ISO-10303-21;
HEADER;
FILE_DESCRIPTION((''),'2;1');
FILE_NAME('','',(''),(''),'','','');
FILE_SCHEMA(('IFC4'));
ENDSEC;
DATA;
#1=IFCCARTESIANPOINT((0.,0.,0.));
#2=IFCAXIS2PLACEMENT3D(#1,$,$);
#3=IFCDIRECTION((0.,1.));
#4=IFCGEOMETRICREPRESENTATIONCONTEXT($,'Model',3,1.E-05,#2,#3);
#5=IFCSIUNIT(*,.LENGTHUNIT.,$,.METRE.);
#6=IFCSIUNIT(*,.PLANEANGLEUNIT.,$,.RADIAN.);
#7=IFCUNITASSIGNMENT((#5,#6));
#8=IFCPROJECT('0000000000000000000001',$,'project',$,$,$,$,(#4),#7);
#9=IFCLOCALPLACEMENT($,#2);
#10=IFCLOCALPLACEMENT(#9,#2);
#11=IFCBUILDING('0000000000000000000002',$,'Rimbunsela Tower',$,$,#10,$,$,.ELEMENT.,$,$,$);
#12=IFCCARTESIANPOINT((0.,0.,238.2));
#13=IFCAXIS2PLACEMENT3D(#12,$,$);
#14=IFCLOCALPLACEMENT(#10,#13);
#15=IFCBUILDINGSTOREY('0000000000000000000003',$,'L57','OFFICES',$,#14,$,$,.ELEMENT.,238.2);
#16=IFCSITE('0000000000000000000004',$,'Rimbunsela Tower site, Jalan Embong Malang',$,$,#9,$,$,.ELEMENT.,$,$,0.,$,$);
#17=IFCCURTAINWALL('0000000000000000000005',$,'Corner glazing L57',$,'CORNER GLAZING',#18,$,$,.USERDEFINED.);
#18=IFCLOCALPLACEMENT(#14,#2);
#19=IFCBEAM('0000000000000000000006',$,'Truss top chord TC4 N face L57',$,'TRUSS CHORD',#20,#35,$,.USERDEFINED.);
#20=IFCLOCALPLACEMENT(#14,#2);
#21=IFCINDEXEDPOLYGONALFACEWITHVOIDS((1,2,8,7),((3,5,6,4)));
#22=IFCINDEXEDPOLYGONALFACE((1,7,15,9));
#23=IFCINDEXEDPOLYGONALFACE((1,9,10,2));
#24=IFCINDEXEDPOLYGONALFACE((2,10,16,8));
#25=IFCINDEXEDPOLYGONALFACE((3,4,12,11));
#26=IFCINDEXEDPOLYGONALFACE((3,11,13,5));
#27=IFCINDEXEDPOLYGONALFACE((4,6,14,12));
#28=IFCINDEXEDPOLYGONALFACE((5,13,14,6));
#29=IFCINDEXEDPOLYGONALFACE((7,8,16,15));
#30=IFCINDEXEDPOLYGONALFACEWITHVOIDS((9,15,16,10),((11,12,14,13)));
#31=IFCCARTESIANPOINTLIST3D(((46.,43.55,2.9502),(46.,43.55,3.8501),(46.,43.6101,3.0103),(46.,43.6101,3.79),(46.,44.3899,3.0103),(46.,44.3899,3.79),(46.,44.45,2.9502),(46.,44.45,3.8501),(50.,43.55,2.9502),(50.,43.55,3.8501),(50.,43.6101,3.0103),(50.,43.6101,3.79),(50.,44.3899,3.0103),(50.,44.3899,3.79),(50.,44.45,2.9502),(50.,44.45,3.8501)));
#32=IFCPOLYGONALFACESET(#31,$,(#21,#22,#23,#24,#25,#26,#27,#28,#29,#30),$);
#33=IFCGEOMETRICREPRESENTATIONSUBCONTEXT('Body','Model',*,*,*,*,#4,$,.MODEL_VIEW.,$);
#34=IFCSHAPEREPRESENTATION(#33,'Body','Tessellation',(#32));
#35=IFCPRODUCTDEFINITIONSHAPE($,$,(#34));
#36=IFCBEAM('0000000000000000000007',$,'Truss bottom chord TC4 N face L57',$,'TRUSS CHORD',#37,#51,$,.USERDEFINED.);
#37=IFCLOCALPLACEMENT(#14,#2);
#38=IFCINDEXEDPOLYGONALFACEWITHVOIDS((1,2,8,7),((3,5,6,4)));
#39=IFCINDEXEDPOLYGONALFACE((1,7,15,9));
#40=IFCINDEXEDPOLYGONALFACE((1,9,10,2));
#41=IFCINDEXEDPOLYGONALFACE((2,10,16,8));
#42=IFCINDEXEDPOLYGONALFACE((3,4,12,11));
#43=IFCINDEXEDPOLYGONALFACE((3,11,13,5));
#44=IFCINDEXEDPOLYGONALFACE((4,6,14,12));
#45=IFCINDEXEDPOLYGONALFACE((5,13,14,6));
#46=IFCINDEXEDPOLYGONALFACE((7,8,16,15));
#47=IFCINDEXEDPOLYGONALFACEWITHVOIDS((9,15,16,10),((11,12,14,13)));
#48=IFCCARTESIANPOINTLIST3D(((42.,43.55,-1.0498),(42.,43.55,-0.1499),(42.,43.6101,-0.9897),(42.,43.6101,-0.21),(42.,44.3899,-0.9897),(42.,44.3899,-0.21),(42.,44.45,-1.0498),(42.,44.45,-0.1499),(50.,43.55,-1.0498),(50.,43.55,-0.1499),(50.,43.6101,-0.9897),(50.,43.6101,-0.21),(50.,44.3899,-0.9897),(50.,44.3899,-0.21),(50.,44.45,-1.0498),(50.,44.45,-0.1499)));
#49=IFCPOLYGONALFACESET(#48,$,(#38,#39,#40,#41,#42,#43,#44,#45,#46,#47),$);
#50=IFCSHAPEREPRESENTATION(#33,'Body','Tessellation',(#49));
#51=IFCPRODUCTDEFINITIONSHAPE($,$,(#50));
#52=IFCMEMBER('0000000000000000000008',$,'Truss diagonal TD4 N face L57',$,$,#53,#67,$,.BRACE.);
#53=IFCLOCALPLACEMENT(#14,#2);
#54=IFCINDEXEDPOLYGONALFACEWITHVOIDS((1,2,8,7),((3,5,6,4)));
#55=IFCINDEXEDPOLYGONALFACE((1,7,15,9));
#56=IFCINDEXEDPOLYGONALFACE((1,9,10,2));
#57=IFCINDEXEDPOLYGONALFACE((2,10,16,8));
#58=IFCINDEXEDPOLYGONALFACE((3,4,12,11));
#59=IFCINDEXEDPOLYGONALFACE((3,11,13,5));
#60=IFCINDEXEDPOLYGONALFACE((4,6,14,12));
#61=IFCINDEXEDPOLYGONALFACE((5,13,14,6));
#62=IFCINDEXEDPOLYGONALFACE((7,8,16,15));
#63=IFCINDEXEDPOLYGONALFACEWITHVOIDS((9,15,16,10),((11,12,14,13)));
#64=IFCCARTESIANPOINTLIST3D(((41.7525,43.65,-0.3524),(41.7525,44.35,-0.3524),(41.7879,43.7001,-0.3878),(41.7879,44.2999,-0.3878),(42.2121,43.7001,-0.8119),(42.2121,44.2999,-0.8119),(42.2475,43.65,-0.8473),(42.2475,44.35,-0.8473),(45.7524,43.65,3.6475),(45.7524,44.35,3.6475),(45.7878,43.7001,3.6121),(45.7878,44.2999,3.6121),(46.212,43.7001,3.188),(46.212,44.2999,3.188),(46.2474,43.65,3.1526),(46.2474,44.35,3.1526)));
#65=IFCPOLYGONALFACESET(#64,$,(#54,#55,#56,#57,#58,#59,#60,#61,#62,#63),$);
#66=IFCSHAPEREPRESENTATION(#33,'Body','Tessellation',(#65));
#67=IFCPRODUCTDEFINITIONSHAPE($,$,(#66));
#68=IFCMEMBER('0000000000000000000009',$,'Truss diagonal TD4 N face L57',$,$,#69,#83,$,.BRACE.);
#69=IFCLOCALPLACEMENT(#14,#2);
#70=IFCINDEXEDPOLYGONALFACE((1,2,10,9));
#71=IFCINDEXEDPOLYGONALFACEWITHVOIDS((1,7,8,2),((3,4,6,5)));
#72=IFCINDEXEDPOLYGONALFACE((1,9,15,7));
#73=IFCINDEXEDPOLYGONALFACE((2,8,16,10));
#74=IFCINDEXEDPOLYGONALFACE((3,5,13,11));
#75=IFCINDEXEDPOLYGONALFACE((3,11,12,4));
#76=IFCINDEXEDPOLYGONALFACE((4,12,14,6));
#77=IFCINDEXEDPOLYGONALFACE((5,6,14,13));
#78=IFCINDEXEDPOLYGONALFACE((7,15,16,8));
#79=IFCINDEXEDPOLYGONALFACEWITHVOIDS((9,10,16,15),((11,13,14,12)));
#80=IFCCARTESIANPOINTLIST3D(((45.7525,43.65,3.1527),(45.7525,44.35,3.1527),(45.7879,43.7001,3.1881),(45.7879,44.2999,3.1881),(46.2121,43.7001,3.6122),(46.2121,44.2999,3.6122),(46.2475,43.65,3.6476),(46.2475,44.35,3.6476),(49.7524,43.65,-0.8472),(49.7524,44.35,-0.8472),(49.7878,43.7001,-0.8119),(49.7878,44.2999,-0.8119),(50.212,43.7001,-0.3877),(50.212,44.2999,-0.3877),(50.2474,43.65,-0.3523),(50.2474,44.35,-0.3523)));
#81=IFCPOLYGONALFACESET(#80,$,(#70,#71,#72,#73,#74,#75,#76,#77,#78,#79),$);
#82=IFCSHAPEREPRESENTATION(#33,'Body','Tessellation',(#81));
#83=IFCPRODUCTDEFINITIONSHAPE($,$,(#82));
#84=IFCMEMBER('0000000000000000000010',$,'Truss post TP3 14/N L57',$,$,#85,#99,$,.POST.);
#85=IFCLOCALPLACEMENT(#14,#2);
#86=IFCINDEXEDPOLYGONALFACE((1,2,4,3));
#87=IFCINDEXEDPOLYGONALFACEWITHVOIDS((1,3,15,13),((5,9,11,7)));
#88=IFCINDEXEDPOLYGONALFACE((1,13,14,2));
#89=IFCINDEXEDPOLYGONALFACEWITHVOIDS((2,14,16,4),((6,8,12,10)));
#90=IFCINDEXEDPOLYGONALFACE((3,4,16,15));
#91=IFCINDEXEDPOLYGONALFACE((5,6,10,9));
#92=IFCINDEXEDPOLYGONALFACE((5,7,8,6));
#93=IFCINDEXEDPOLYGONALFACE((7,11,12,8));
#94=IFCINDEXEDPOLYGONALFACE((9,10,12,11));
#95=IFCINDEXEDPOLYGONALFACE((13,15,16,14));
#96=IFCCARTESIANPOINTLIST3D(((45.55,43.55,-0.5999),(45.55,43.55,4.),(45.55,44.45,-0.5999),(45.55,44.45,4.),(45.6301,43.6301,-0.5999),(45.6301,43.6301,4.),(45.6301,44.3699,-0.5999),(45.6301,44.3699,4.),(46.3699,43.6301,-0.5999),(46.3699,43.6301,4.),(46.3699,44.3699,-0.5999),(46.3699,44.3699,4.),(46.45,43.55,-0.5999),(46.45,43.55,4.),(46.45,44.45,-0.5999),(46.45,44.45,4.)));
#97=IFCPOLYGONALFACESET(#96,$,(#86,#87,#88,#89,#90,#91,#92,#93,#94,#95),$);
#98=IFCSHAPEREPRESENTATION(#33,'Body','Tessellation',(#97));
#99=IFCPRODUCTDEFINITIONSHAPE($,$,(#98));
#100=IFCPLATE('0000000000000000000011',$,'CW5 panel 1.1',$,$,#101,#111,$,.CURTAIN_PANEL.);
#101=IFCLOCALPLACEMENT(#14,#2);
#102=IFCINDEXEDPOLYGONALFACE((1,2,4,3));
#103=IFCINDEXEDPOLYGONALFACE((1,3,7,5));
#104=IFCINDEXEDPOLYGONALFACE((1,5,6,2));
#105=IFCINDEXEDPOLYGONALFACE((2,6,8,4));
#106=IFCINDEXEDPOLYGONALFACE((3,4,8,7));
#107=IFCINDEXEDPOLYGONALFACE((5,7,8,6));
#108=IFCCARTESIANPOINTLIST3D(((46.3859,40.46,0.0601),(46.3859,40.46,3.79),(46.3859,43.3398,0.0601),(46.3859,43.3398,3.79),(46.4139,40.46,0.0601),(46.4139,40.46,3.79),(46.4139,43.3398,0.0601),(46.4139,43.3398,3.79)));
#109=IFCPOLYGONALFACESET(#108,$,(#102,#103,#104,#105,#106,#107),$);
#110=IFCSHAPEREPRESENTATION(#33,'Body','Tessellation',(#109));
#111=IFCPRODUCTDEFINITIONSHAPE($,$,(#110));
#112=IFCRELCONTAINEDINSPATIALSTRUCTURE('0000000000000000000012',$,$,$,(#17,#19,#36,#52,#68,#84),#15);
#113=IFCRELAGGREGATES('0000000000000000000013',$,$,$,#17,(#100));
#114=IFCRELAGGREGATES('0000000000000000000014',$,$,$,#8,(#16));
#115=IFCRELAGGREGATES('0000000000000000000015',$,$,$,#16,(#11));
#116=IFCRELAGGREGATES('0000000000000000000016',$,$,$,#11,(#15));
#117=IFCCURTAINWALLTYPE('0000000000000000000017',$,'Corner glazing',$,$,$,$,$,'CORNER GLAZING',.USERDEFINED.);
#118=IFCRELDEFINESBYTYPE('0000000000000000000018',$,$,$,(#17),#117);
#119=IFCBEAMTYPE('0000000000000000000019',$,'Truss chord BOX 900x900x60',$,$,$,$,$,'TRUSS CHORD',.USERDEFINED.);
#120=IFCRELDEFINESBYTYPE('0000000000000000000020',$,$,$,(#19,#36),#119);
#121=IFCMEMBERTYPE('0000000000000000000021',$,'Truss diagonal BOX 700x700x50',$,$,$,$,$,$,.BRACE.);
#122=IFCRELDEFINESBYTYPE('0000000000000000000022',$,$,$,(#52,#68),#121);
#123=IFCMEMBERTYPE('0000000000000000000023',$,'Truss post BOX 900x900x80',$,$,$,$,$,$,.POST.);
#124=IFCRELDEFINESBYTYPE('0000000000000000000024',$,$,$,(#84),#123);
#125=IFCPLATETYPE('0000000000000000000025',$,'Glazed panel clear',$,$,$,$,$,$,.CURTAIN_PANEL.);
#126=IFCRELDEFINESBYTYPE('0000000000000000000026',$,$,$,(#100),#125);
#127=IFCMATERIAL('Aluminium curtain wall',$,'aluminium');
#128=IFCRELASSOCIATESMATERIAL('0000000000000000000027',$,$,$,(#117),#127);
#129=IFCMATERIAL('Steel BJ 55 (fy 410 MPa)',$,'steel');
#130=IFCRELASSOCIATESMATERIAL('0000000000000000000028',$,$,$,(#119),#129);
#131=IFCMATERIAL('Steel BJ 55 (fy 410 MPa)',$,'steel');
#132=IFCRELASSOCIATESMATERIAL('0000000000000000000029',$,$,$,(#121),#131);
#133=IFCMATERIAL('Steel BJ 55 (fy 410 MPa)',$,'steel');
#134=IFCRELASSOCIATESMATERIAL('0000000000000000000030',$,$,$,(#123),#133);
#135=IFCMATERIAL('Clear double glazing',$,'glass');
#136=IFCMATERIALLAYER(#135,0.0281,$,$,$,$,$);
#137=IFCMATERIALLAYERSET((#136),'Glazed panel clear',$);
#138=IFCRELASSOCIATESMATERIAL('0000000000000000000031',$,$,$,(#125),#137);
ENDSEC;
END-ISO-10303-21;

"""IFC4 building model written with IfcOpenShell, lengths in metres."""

from ifc_helpers import new_model, si_unit, direction, frame, origin, origin_2d, place, context, subcontext, project, spatial, rectangle, hollow_rectangle, extrude, material, layer, layer_set, material_profile, profile_set, type_object, element, aggregate, save


model = new_model("IFC4")

# Units and contexts
model_context = context("Model", 3, precision=1e-05, world=origin(), true_north=direction((0.0, 1.0)))
body_context = subcontext(model_context, "Body", "Model", "MODEL_VIEW")
ifc_project = project(units=[si_unit("LENGTHUNIT", "METRE"), si_unit("PLANEANGLEUNIT", "RADIAN")], contexts=[model_context])

# Site, building, storey
site_placement = place(None, origin())
site = spatial("IfcSite", under=ifc_project, at=site_placement, Name="Rimbunsela Tower site, Jalan Embong Malang", CompositionType="ELEMENT", RefElevation=0.0)
building_placement = place(site_placement, origin())
building = spatial("IfcBuilding", under=site, at=building_placement, Name="Rimbunsela Tower", CompositionType="ELEMENT")
storey_placement = place(building_placement, frame((0.0, 0.0, 238.2)))
storey = spatial("IfcBuildingStorey", under=building, at=storey_placement, Name="L57", Description="OFFICES", CompositionType="ELEMENT", Elevation=238.2)

# Curtain wall
ifc_material_1 = material(Name="Aluminium curtain wall", Category="aluminium")
curtain_wall_type = type_object("IfcCurtainWallType", Name="Corner glazing", ElementType="CORNER GLAZING", PredefinedType="USERDEFINED", material=ifc_material_1)
curtain_wall_placement = place(storey_placement, origin())
curtain_wall = element("IfcCurtainWall", 1, at=curtain_wall_placement, inside=storey, type_object=curtain_wall_type, Name="Corner glazing L57", ObjectType="CORNER GLAZING", PredefinedType="USERDEFINED")

# Beams
ifc_material_2 = material(Name="Steel BJ 55 (fy 410 MPa)", Category="steel")
ifc_material_profile_1 = material_profile(ifc_material_2, hollow_rectangle(XDim=0.8999, YDim=0.8999, WallThickness=0.0601, at=origin_2d()), Name="BOX 900x900x60")
ifc_profile_set_1 = profile_set([ifc_material_profile_1], Name="Steel BJ 55 (fy 410 MPa)")
beam_type_1 = type_object("IfcBeamType", Name="Truss chord BOX 900x900x60", ElementType="TRUSS CHORD", PredefinedType="USERDEFINED", material=ifc_profile_set_1)
beam_1_placement = place(storey_placement, frame((46.0, 44.0, 3.4001), z_axis=(1.0, 0.0, 0.0), x_axis=(0.0, 1.0, 0.0)))
element("IfcBeam", 2, at=beam_1_placement, inside=storey, type_object=beam_type_1, Name="Truss top chord TC4 N face L57", ObjectType="TRUSS CHORD", PredefinedType="USERDEFINED", context=body_context, shape_type="SweptSolid", body=[
    extrude(hollow_rectangle(XDim=0.8999, YDim=0.8999, WallThickness=0.0601, at=origin_2d()), origin(), (0.0, 0.0, 1.0), 4.0),
])
beam_2_placement = place(storey_placement, frame((42.0, 44.0, -0.5999), z_axis=(1.0, 0.0, 0.0), x_axis=(0.0, 1.0, 0.0)))
element("IfcBeam", 3, at=beam_2_placement, inside=storey, type_object=beam_type_1, Name="Truss bottom chord TC4 N face L57", ObjectType="TRUSS CHORD", PredefinedType="USERDEFINED", context=body_context, shape_type="SweptSolid", body=[
    extrude(hollow_rectangle(XDim=0.8999, YDim=0.8999, WallThickness=0.0601, at=origin_2d()), origin(), (0.0, 0.0, 1.0), 8.0),
])

# Members
ifc_material_3 = material(Name="Steel BJ 55 (fy 410 MPa)", Category="steel")
ifc_material_profile_2 = material_profile(ifc_material_3, hollow_rectangle(XDim=0.7, YDim=0.7, WallThickness=0.05, at=origin_2d()), Name="BOX 700x700x50")
ifc_profile_set_2 = profile_set([ifc_material_profile_2], Name="Steel BJ 55 (fy 410 MPa)")
member_type_1 = type_object("IfcMemberType", Name="Truss diagonal BOX 700x700x50", PredefinedType="BRACE", material=ifc_profile_set_2)
for number, where, z_axis, x_axis, name in (
    (4, (42.0, 44.0, -0.5999), (0.707107, 0.0, 0.707107), (0.0, 1.0, 0.0), "Truss diagonal TD4 N face L57"),
    (5, (46.0, 44.0, 3.4001), (0.707107, 0.0, -0.707107), (0.0, 1.0, 0.0), "Truss diagonal TD4 N face L57"),
):
    element("IfcMember", number, at=place(storey_placement, frame(where, z_axis=z_axis, x_axis=x_axis)), inside=storey, type_object=member_type_1, Name=name, PredefinedType="BRACE", context=body_context, shape_type="SweptSolid", body=[
        extrude(hollow_rectangle(XDim=0.7, YDim=0.7, WallThickness=0.05, at=origin_2d()), origin(), (0.0, 0.0, 1.0), 5.6567),
    ])
ifc_material_4 = material(Name="Steel BJ 55 (fy 410 MPa)", Category="steel")
ifc_material_profile_3 = material_profile(ifc_material_4, hollow_rectangle(XDim=0.8999, YDim=0.8999, WallThickness=0.0801, at=origin_2d()), Name="BOX 900x900x80")
ifc_profile_set_3 = profile_set([ifc_material_profile_3], Name="Steel BJ 55 (fy 410 MPa)")
member_type_2 = type_object("IfcMemberType", Name="Truss post BOX 900x900x80", PredefinedType="POST", material=ifc_profile_set_3)
member_1_placement = place(storey_placement, frame((46.0, 44.0, -0.5999), z_axis=(0.0, 0.0, 1.0), x_axis=(1.0, 0.0, 0.0)))
element("IfcMember", 6, at=member_1_placement, inside=storey, type_object=member_type_2, Name="Truss post TP3 14/N L57", PredefinedType="POST", context=body_context, shape_type="SweptSolid", body=[
    extrude(hollow_rectangle(XDim=0.8999, YDim=0.8999, WallThickness=0.0801, at=origin_2d()), origin(), (0.0, 0.0, 1.0), 4.5999),
])

# Plate
ifc_material_5 = material(Name="Clear double glazing", Category="glass")
ifc_layer_1 = layer(ifc_material_5, 0.0281)
ifc_layer_set_1 = layer_set([ifc_layer_1], Name="Glazed panel clear")
plate_type = type_object("IfcPlateType", Name="Glazed panel clear", PredefinedType="CURTAIN_PANEL", material=ifc_layer_set_1)
plate_placement = place(storey_placement, frame((46.3999, 41.8999, 0.0601), z_axis=(0.0, 0.0, 1.0), x_axis=(0.0, 1.0, 0.0)))
plate = element("IfcPlate", 7, at=plate_placement, type_object=plate_type, Name="CW5 panel 1.1", PredefinedType="CURTAIN_PANEL", context=body_context, shape_type="SweptSolid", body=[
    extrude(rectangle(XDim=2.8799, YDim=0.0281, at=origin_2d()), origin(), (0.0, 0.0, 1.0), 3.73),
])
aggregate(curtain_wall, [plate])

save(model, "model.ifc")
